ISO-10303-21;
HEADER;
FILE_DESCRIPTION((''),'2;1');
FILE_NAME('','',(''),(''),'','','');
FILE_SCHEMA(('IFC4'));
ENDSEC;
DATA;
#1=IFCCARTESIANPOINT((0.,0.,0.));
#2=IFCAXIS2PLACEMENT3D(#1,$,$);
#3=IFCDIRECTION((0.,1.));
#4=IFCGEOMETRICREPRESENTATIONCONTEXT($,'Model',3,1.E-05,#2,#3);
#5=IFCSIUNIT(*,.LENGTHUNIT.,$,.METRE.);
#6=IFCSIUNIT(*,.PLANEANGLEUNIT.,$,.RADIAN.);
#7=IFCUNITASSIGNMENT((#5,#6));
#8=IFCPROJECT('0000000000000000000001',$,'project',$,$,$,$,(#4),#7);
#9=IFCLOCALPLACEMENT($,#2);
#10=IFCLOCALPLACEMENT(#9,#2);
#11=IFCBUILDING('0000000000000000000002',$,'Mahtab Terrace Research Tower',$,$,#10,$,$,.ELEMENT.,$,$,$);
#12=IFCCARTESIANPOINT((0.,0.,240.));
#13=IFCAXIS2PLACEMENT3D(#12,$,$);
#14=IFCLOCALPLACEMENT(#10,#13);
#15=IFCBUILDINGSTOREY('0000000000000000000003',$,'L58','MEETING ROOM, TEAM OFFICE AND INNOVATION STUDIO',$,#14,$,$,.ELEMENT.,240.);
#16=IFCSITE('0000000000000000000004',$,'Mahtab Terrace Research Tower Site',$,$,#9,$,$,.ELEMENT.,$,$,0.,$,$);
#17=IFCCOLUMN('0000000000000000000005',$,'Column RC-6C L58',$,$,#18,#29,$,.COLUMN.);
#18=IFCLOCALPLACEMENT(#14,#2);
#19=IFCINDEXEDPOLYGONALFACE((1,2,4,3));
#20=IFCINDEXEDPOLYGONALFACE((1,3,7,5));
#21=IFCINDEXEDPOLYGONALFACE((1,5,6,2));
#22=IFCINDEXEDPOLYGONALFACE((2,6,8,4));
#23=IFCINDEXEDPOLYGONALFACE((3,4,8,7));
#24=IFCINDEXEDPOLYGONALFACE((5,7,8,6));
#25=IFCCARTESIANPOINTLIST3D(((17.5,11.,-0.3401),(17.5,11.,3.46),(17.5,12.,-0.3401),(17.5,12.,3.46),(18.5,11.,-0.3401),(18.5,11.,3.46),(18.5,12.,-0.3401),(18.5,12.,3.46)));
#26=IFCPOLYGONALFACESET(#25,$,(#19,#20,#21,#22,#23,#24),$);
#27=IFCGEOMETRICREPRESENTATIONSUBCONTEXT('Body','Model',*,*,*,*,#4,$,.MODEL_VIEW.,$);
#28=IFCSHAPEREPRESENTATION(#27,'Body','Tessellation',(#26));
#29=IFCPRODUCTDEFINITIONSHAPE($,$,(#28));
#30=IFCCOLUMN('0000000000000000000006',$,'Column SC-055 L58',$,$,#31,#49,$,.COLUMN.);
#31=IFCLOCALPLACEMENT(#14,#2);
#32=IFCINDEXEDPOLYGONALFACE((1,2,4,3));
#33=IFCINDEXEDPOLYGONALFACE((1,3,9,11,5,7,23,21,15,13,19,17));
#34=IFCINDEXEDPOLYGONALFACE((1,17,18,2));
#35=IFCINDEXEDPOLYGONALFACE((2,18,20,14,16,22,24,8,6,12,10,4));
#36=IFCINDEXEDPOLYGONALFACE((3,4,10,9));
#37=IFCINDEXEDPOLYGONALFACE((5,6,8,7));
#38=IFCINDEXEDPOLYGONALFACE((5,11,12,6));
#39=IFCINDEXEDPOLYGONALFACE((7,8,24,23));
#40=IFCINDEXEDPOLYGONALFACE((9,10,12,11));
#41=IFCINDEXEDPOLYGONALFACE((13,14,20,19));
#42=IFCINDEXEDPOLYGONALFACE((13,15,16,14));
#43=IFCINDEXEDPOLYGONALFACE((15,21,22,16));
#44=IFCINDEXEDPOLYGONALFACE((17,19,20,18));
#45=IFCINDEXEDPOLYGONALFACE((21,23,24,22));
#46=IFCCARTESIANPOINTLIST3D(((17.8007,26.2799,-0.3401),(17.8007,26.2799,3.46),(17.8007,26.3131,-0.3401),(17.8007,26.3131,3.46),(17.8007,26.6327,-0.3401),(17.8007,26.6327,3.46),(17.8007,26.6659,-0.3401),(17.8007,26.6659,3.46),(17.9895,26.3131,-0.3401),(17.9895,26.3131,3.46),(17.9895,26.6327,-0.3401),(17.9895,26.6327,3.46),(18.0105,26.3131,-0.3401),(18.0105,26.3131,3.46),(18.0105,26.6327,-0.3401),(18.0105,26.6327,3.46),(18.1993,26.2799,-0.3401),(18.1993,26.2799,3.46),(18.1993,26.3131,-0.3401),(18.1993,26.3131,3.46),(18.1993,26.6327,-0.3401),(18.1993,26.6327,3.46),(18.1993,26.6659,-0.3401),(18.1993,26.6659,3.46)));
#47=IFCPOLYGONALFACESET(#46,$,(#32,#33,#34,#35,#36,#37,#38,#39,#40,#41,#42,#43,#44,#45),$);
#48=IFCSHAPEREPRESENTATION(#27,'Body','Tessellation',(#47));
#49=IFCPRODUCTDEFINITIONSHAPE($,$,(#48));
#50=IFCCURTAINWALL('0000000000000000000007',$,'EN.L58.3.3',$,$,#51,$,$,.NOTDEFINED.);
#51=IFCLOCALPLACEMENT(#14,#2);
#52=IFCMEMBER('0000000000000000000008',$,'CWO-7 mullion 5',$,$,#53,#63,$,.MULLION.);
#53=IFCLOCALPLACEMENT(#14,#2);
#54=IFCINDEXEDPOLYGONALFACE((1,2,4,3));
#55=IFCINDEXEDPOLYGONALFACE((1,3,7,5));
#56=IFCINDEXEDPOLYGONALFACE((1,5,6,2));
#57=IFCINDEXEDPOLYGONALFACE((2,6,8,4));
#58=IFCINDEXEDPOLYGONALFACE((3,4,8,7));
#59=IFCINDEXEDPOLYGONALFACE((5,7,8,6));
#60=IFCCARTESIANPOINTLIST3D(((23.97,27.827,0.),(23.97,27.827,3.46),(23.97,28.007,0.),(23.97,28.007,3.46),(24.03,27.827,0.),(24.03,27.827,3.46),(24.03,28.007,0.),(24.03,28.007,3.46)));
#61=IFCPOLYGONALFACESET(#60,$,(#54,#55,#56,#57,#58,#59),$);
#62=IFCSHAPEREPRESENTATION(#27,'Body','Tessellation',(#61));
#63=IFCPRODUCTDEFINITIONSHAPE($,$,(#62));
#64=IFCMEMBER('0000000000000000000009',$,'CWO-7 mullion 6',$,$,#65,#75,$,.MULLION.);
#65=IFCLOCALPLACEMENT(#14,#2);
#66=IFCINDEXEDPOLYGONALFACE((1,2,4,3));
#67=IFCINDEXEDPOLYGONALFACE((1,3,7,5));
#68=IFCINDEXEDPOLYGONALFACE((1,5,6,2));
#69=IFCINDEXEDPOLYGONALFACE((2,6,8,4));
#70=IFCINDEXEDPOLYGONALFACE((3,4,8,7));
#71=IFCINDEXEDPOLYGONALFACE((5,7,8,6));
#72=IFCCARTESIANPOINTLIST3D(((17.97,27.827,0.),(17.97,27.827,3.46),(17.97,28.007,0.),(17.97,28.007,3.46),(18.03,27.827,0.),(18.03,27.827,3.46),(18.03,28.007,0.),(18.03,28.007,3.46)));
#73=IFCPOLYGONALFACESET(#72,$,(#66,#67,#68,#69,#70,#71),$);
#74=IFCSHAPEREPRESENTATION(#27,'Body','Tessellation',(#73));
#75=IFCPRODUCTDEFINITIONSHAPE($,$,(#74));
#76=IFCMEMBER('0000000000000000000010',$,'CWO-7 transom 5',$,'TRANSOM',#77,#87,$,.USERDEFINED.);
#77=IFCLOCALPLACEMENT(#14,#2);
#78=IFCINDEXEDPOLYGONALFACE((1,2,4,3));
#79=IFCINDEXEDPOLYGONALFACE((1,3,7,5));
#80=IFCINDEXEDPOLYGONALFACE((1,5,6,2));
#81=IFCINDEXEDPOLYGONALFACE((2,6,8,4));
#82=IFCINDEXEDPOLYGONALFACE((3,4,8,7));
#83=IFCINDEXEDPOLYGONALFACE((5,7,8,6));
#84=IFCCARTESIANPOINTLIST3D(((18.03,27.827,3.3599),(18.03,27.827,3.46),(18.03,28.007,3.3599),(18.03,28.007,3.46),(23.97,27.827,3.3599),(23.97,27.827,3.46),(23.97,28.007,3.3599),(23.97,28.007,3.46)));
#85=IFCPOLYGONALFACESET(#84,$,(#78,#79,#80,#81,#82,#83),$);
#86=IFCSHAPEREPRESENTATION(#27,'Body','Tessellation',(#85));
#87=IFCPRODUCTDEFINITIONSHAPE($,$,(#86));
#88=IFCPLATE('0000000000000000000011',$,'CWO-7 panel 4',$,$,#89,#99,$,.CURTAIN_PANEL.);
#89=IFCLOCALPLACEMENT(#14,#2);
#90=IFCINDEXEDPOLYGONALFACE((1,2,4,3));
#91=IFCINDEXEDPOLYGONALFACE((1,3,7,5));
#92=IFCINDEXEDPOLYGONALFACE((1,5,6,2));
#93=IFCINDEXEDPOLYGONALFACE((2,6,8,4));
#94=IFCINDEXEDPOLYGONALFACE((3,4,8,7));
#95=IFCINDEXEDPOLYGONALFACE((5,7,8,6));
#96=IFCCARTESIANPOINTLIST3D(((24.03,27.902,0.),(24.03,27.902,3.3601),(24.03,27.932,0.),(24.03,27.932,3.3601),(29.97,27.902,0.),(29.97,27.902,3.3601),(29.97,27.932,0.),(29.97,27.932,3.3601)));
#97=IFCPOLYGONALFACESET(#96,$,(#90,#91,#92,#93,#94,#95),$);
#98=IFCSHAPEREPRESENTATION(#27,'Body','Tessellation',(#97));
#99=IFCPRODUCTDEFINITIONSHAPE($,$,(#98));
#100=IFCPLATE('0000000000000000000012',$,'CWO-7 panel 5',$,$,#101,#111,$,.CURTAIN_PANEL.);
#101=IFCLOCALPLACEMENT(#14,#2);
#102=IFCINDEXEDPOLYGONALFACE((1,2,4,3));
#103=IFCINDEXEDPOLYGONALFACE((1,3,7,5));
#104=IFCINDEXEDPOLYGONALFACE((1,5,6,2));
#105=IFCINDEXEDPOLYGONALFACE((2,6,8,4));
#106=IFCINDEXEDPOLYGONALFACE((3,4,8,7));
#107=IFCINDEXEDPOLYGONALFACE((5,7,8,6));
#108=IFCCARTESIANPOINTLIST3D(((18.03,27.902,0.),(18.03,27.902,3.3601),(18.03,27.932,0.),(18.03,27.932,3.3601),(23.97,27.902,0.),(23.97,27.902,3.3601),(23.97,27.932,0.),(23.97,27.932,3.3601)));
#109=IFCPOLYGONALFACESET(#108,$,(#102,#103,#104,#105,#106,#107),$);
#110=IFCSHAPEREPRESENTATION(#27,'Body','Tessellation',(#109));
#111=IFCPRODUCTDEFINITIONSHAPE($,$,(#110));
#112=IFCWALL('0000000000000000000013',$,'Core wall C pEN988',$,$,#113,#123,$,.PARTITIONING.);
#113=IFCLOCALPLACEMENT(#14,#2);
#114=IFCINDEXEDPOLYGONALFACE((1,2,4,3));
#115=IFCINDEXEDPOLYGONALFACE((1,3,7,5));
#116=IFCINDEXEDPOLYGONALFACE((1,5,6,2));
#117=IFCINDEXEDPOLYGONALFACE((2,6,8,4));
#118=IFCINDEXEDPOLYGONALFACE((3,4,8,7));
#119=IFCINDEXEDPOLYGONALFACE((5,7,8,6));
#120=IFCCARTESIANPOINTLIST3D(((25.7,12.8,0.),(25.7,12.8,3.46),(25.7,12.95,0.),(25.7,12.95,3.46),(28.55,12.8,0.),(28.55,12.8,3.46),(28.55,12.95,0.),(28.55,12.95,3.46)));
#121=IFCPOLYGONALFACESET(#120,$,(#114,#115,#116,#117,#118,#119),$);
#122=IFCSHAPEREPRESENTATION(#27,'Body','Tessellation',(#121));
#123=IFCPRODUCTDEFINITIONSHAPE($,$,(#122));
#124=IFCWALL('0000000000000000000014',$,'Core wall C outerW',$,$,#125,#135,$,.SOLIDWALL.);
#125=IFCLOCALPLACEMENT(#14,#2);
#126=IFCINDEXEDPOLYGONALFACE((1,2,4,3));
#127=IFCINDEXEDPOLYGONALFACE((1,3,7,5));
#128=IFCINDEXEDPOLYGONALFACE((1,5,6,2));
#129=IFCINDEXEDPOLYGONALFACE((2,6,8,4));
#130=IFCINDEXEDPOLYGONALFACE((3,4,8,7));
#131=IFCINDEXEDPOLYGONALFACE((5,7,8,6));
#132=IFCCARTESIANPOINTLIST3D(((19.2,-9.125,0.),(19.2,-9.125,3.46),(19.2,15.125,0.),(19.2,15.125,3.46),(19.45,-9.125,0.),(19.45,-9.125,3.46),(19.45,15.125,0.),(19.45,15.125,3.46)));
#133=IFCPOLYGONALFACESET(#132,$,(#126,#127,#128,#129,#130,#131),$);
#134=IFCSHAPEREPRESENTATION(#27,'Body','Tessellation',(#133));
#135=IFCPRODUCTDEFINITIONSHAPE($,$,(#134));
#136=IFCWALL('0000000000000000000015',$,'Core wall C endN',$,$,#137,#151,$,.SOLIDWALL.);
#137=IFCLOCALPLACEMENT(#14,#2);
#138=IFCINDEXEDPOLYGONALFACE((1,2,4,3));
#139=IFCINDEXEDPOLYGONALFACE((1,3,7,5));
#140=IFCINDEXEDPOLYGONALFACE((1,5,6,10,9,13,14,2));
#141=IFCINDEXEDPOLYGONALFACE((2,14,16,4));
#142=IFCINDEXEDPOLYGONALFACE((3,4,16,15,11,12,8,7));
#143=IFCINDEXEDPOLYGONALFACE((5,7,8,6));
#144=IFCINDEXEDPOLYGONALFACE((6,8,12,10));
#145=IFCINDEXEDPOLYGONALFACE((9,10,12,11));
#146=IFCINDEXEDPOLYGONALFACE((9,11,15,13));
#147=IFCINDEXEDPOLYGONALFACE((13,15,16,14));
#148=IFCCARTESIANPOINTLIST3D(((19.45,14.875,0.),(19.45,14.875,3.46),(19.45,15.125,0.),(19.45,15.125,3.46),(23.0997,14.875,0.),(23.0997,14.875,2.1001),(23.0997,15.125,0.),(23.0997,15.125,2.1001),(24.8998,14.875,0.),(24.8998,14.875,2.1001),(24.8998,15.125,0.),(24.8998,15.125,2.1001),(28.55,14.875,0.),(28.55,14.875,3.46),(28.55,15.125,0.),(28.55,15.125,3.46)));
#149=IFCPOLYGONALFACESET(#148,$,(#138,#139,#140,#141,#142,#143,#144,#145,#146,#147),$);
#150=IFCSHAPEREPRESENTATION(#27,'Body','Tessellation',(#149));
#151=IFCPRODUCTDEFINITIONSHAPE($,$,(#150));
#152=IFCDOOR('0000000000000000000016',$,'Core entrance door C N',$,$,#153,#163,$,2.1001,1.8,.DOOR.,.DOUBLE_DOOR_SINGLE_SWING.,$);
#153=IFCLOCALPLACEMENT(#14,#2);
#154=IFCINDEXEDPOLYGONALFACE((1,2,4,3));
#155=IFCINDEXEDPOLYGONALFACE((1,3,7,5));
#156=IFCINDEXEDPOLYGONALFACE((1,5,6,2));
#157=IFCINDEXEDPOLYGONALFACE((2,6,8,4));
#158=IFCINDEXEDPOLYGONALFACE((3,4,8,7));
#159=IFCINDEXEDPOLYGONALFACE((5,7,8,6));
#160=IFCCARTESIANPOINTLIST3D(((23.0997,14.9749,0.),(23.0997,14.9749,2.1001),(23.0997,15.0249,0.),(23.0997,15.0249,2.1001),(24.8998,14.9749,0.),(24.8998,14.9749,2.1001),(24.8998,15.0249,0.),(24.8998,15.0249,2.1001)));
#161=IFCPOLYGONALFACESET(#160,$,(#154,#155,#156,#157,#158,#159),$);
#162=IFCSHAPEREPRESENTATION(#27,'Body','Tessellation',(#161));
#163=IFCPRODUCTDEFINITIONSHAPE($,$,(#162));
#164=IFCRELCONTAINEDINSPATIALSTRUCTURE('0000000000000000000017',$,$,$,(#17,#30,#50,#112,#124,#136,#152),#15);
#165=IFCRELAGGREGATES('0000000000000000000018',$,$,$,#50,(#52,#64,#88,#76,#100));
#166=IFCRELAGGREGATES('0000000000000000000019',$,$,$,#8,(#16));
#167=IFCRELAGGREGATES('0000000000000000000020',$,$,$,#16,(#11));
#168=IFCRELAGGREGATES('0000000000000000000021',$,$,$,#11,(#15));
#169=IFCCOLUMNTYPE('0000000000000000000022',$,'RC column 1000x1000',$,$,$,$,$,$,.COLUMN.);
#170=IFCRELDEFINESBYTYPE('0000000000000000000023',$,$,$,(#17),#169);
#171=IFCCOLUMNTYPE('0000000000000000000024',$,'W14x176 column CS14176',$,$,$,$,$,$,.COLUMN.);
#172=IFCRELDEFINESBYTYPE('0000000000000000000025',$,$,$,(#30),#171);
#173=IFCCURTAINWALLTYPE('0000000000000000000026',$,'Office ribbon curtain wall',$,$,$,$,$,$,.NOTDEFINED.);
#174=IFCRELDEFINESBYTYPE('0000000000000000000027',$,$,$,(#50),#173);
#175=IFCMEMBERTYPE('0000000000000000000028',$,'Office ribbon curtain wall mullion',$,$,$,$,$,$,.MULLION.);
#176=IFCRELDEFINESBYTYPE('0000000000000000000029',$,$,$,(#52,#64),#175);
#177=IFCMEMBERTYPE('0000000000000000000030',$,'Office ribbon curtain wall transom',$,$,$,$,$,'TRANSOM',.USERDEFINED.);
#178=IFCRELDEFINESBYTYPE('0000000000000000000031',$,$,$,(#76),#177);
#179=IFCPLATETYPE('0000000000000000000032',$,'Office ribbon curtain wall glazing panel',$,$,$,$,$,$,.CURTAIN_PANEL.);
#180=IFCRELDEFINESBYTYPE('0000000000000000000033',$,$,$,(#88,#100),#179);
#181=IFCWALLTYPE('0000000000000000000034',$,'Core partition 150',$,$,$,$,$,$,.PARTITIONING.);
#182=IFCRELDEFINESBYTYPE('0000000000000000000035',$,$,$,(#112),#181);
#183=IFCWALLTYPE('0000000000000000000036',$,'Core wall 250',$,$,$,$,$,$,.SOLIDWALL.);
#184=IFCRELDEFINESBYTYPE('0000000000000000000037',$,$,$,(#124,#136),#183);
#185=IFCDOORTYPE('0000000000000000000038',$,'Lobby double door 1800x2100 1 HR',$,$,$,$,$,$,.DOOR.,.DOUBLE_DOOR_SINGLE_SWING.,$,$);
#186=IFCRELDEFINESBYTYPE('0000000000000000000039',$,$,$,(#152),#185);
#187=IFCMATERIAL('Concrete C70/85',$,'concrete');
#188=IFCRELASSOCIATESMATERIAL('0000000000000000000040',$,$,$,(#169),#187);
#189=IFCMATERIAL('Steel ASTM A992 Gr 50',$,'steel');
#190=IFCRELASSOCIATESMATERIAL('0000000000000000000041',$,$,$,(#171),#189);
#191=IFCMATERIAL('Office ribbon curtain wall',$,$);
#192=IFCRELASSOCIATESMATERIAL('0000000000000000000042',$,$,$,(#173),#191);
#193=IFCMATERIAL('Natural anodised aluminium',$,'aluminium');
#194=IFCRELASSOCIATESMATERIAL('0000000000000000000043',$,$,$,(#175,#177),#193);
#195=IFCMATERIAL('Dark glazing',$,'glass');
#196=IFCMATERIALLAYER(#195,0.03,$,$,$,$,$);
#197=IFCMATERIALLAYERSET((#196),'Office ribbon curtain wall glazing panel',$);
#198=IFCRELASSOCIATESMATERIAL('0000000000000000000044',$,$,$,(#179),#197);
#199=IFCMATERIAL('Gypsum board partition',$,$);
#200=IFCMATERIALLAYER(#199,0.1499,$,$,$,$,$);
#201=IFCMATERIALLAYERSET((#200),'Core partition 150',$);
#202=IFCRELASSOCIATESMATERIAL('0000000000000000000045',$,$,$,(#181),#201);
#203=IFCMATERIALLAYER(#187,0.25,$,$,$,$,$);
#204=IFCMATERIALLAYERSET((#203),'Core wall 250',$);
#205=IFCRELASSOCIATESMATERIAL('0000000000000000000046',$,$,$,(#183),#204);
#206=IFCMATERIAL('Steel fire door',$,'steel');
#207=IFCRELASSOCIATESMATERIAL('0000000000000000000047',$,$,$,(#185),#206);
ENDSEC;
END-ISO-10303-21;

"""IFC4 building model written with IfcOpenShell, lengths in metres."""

from ifc_helpers import new_model, si_unit, direction, frame, frame_2d, origin, origin_2d, place, context, subcontext, project, spatial, rectangle, i_section, extrude, material, layer, layer_set, material_profile, profile_set, type_object, element, fill, aggregate, save


model = new_model("IFC4")

# Units and contexts
model_context = context("Model", 3, precision=1e-05, world=origin(), true_north=direction((0.0, 1.0)))
body_context = subcontext(model_context, "Body", "Model", "MODEL_VIEW")
ifc_project = project(units=[si_unit("LENGTHUNIT", "METRE"), si_unit("PLANEANGLEUNIT", "RADIAN")], contexts=[model_context])

# Site, building, storey
site_placement = place(None, origin())
site = spatial("IfcSite", under=ifc_project, at=site_placement, Name="Mahtab Terrace Research Tower Site", CompositionType="ELEMENT", RefElevation=0.0)
building_placement = place(site_placement, origin())
building = spatial("IfcBuilding", under=site, at=building_placement, Name="Mahtab Terrace Research Tower", CompositionType="ELEMENT")
storey_placement = place(building_placement, frame((0.0, 0.0, 240.0)))
storey = spatial("IfcBuildingStorey", under=building, at=storey_placement, Name="L58", Description="MEETING ROOM, TEAM OFFICE AND INNOVATION STUDIO", CompositionType="ELEMENT", Elevation=240.0)

# Columns
ifc_material_1 = material(Name="Concrete C70/85", Category="concrete")
ifc_material_profile_1 = material_profile(ifc_material_1, rectangle(XDim=1.0, YDim=1.0, at=origin_2d()), Name="RC column 1000x1000")
ifc_profile_set_1 = profile_set([ifc_material_profile_1], Name="Concrete C70/85")
column_type_1 = type_object("IfcColumnType", Name="RC column 1000x1000", PredefinedType="COLUMN", material=ifc_profile_set_1)
column_1_placement = place(storey_placement, frame((18.0, 11.5, -0.3401), z_axis=(0.0, 0.0, 1.0), x_axis=(1.0, 0.0, 0.0)))
element("IfcColumn", 1, at=column_1_placement, inside=storey, type_object=column_type_1, Name="Column RC-6C L58", PredefinedType="COLUMN", context=body_context, shape_type="SweptSolid", body=[
    extrude(rectangle(XDim=1.0, YDim=1.0, at=origin_2d()), origin(), (0.0, 0.0, 1.0), 3.8),
])
ifc_material_2 = material(Name="Steel ASTM A992 Gr 50", Category="steel")
ifc_material_profile_2 = material_profile(ifc_material_2, i_section(OverallWidth=0.3987, OverallDepth=0.386, WebThickness=0.021, FlangeThickness=0.0332, at=origin_2d()), Name="W14X176")
ifc_profile_set_2 = profile_set([ifc_material_profile_2], Name="Steel ASTM A992 Gr 50")
column_type_2 = type_object("IfcColumnType", Name="W14x176 column CS14176", PredefinedType="COLUMN", material=ifc_profile_set_2)
column_2_placement = place(storey_placement, frame((18.0, 26.4729, -0.3401), z_axis=(0.0, 0.0, 1.0), x_axis=(1.0, 0.0, 0.0)))
element("IfcColumn", 2, at=column_2_placement, inside=storey, type_object=column_type_2, Name="Column SC-055 L58", PredefinedType="COLUMN", context=body_context, shape_type="SweptSolid", body=[
    extrude(i_section(OverallWidth=0.3987, OverallDepth=0.386, WebThickness=0.021, FlangeThickness=0.0332, at=origin_2d()), origin(), (0.0, 0.0, 1.0), 3.8),
])

# Curtain wall, members, plates
ifc_material_3 = material(Name="Office ribbon curtain wall")
curtain_wall_type = type_object("IfcCurtainWallType", Name="Office ribbon curtain wall", PredefinedType="NOTDEFINED", material=ifc_material_3)
curtain_wall_placement = place(storey_placement, origin())
curtain_wall = element("IfcCurtainWall", 3, at=curtain_wall_placement, inside=storey, type_object=curtain_wall_type, Name="EN.L58.3.3", PredefinedType="NOTDEFINED")
ifc_material_4 = material(Name="Natural anodised aluminium", Category="aluminium")
ifc_material_profile_3 = material_profile(ifc_material_4, rectangle(XDim=0.1799, YDim=0.0601, at=origin_2d()), Name="MULLION 60x180")
ifc_profile_set_3 = profile_set([ifc_material_profile_3], Name="Natural anodised aluminium")
member_type_1 = type_object("IfcMemberType", Name="Office ribbon curtain wall mullion", PredefinedType="MULLION", material=ifc_profile_set_3)
member_1_placement = place(storey_placement, frame((24.0, 27.917, 0.0), z_axis=(0.0, 0.0, 1.0), x_axis=(0.0, -1.0, 0.0)))
member_1 = element("IfcMember", 4, at=member_1_placement, type_object=member_type_1, Name="CWO-7 mullion 5", PredefinedType="MULLION", context=body_context, shape_type="SweptSolid", body=[
    extrude(rectangle(XDim=0.1799, YDim=0.0601, at=origin_2d()), origin(), (0.0, 0.0, 1.0), 3.46),
])
member_2_placement = place(storey_placement, frame((18.0, 27.917, 0.0), z_axis=(0.0, 0.0, 1.0), x_axis=(0.0, -1.0, 0.0)))
member_2 = element("IfcMember", 5, at=member_2_placement, type_object=member_type_1, Name="CWO-7 mullion 6", PredefinedType="MULLION", context=body_context, shape_type="SweptSolid", body=[
    extrude(rectangle(XDim=0.1799, YDim=0.0601, at=origin_2d()), origin(), (0.0, 0.0, 1.0), 3.46),
])
ifc_material_profile_4 = material_profile(ifc_material_4, rectangle(XDim=0.1799, YDim=0.1001, at=origin_2d()), Name="TRANSOM 100x180")
ifc_profile_set_4 = profile_set([ifc_material_profile_4], Name="Natural anodised aluminium")
member_type_2 = type_object("IfcMemberType", Name="Office ribbon curtain wall transom", ElementType="TRANSOM", PredefinedType="USERDEFINED", material=ifc_profile_set_4)
member_3_placement = place(storey_placement, frame((23.97, 27.917, 3.4099), z_axis=(-1.0, 0.0, 0.0), x_axis=(0.0, -1.0, 0.0)))
member_3 = element("IfcMember", 6, at=member_3_placement, type_object=member_type_2, Name="CWO-7 transom 5", ObjectType="TRANSOM", PredefinedType="USERDEFINED", context=body_context, shape_type="SweptSolid", body=[
    extrude(rectangle(XDim=0.1799, YDim=0.1001, at=origin_2d()), origin(), (0.0, 0.0, 1.0), 5.9399),
])
ifc_material_5 = material(Name="Dark glazing", Category="glass")
ifc_layer_1 = layer(ifc_material_5, 0.03)
ifc_layer_set_1 = layer_set([ifc_layer_1], Name="Office ribbon curtain wall glazing panel")
plate_type = type_object("IfcPlateType", Name="Office ribbon curtain wall glazing panel", PredefinedType="CURTAIN_PANEL", material=ifc_layer_set_1)
plate_1_placement = place(storey_placement, frame((27.0, 27.917, 0.0), z_axis=(0.0, 0.0, 1.0), x_axis=(-1.0, 0.0, 0.0)))
plate_1 = element("IfcPlate", 7, at=plate_1_placement, type_object=plate_type, Name="CWO-7 panel 4", PredefinedType="CURTAIN_PANEL", context=body_context, shape_type="SweptSolid", body=[
    extrude(rectangle(XDim=5.9399, YDim=0.03, at=origin_2d()), origin(), (0.0, 0.0, 1.0), 3.3601),
])
plate_2_placement = place(storey_placement, frame((21.0, 27.917, 0.0), z_axis=(0.0, 0.0, 1.0), x_axis=(-1.0, 0.0, 0.0)))
plate_2 = element("IfcPlate", 8, at=plate_2_placement, type_object=plate_type, Name="CWO-7 panel 5", PredefinedType="CURTAIN_PANEL", context=body_context, shape_type="SweptSolid", body=[
    extrude(rectangle(XDim=5.9399, YDim=0.03, at=origin_2d()), origin(), (0.0, 0.0, 1.0), 3.3601),
])
aggregate(curtain_wall, [member_1, member_2, plate_1, member_3, plate_2])

# Walls
ifc_material_6 = material(Name="Gypsum board partition")
ifc_layer_2 = layer(ifc_material_6, 0.1499)
ifc_layer_set_2 = layer_set([ifc_layer_2], Name="Core partition 150")
wall_type_1 = type_object("IfcWallType", Name="Core partition 150", PredefinedType="PARTITIONING", material=ifc_layer_set_2)
wall_1_placement = place(storey_placement, frame((25.7, 12.875, 0.0), z_axis=(0.0, 0.0, 1.0), x_axis=(1.0, 0.0, 0.0)))
element("IfcWall", 9, at=wall_1_placement, inside=storey, type_object=wall_type_1, Name="Core wall C pEN988", PredefinedType="PARTITIONING", context=body_context, shape_type="SweptSolid", body=[
    extrude(rectangle(XDim=2.8501, YDim=0.1499, at=frame_2d((1.425, 0.0))), origin(), (0.0, 0.0, 1.0), 3.46),
])
ifc_layer_3 = layer(ifc_material_1, 0.25)
ifc_layer_set_3 = layer_set([ifc_layer_3], Name="Core wall 250")
wall_type_2 = type_object("IfcWallType", Name="Core wall 250", PredefinedType="SOLIDWALL", material=ifc_layer_set_3)
wall_2_placement = place(storey_placement, frame((19.325, 15.125, 0.0), z_axis=(0.0, 0.0, 1.0), x_axis=(0.0, -1.0, 0.0)))
element("IfcWall", 10, at=wall_2_placement, inside=storey, type_object=wall_type_2, Name="Core wall C outerW", PredefinedType="SOLIDWALL", context=body_context, shape_type="SweptSolid", body=[
    extrude(rectangle(XDim=24.25, YDim=0.25, at=frame_2d((12.125, 0.0))), origin(), (0.0, 0.0, 1.0), 3.46),
])

# Wall, opening, door
wall_3_placement = place(storey_placement, frame((19.45, 15.0, 0.0), z_axis=(0.0, 0.0, 1.0), x_axis=(1.0, 0.0, 0.0)))
wall_3 = element("IfcWall", 11, at=wall_3_placement, inside=storey, type_object=wall_type_2, Name="Core wall C endN", PredefinedType="SOLIDWALL", context=body_context, shape_type="SweptSolid", body=[
    extrude(rectangle(XDim=9.1001, YDim=0.25, at=frame_2d((4.55, 0.0))), origin(), (0.0, 0.0, 1.0), 3.46),
])
opening_1_placement = place(wall_3_placement, frame((3.6499, 0.0, 0.0)))
opening_1 = element("IfcOpeningElement", 12, at=opening_1_placement, cuts=wall_3, PredefinedType="OPENING", context=body_context, shape_type="SweptSolid", body=[
    extrude(rectangle(XDim=1.8, YDim=2.1001, at=frame_2d((0.8999, 1.05))), frame((0.0, 0.135, 0.0), z_axis=(0.0, -1.0, 0.0), x_axis=(1.0, 0.0, 0.0)), (0.0, 0.0, 1.0), 0.27),
])
ifc_material_7 = material(Name="Steel fire door", Category="steel")
door_type_1 = type_object("IfcDoorType", Name="Lobby double door 1800x2100 1 HR", OperationType="DOUBLE_DOOR_SINGLE_SWING", PredefinedType="DOOR", material=ifc_material_7)
door_1_placement = place(opening_1_placement, origin())
door_1 = element("IfcDoor", 13, at=door_1_placement, inside=storey, type_object=door_type_1, Name="Core entrance door C N", OperationType="DOUBLE_DOOR_SINGLE_SWING", OverallHeight=2.1001, OverallWidth=1.8, PredefinedType="DOOR", context=body_context, shape_type="SweptSolid", body=[
    extrude(rectangle(XDim=1.8, YDim=2.1001, at=frame_2d((0.8999, 1.05))), frame((0.0, 0.0249, 0.0), z_axis=(0.0, -1.0, 0.0), x_axis=(1.0, 0.0, 0.0)), (0.0, 0.0, 1.0), 0.05),
])
fill(opening_1, door_1)

save(model, "model.ifc")
